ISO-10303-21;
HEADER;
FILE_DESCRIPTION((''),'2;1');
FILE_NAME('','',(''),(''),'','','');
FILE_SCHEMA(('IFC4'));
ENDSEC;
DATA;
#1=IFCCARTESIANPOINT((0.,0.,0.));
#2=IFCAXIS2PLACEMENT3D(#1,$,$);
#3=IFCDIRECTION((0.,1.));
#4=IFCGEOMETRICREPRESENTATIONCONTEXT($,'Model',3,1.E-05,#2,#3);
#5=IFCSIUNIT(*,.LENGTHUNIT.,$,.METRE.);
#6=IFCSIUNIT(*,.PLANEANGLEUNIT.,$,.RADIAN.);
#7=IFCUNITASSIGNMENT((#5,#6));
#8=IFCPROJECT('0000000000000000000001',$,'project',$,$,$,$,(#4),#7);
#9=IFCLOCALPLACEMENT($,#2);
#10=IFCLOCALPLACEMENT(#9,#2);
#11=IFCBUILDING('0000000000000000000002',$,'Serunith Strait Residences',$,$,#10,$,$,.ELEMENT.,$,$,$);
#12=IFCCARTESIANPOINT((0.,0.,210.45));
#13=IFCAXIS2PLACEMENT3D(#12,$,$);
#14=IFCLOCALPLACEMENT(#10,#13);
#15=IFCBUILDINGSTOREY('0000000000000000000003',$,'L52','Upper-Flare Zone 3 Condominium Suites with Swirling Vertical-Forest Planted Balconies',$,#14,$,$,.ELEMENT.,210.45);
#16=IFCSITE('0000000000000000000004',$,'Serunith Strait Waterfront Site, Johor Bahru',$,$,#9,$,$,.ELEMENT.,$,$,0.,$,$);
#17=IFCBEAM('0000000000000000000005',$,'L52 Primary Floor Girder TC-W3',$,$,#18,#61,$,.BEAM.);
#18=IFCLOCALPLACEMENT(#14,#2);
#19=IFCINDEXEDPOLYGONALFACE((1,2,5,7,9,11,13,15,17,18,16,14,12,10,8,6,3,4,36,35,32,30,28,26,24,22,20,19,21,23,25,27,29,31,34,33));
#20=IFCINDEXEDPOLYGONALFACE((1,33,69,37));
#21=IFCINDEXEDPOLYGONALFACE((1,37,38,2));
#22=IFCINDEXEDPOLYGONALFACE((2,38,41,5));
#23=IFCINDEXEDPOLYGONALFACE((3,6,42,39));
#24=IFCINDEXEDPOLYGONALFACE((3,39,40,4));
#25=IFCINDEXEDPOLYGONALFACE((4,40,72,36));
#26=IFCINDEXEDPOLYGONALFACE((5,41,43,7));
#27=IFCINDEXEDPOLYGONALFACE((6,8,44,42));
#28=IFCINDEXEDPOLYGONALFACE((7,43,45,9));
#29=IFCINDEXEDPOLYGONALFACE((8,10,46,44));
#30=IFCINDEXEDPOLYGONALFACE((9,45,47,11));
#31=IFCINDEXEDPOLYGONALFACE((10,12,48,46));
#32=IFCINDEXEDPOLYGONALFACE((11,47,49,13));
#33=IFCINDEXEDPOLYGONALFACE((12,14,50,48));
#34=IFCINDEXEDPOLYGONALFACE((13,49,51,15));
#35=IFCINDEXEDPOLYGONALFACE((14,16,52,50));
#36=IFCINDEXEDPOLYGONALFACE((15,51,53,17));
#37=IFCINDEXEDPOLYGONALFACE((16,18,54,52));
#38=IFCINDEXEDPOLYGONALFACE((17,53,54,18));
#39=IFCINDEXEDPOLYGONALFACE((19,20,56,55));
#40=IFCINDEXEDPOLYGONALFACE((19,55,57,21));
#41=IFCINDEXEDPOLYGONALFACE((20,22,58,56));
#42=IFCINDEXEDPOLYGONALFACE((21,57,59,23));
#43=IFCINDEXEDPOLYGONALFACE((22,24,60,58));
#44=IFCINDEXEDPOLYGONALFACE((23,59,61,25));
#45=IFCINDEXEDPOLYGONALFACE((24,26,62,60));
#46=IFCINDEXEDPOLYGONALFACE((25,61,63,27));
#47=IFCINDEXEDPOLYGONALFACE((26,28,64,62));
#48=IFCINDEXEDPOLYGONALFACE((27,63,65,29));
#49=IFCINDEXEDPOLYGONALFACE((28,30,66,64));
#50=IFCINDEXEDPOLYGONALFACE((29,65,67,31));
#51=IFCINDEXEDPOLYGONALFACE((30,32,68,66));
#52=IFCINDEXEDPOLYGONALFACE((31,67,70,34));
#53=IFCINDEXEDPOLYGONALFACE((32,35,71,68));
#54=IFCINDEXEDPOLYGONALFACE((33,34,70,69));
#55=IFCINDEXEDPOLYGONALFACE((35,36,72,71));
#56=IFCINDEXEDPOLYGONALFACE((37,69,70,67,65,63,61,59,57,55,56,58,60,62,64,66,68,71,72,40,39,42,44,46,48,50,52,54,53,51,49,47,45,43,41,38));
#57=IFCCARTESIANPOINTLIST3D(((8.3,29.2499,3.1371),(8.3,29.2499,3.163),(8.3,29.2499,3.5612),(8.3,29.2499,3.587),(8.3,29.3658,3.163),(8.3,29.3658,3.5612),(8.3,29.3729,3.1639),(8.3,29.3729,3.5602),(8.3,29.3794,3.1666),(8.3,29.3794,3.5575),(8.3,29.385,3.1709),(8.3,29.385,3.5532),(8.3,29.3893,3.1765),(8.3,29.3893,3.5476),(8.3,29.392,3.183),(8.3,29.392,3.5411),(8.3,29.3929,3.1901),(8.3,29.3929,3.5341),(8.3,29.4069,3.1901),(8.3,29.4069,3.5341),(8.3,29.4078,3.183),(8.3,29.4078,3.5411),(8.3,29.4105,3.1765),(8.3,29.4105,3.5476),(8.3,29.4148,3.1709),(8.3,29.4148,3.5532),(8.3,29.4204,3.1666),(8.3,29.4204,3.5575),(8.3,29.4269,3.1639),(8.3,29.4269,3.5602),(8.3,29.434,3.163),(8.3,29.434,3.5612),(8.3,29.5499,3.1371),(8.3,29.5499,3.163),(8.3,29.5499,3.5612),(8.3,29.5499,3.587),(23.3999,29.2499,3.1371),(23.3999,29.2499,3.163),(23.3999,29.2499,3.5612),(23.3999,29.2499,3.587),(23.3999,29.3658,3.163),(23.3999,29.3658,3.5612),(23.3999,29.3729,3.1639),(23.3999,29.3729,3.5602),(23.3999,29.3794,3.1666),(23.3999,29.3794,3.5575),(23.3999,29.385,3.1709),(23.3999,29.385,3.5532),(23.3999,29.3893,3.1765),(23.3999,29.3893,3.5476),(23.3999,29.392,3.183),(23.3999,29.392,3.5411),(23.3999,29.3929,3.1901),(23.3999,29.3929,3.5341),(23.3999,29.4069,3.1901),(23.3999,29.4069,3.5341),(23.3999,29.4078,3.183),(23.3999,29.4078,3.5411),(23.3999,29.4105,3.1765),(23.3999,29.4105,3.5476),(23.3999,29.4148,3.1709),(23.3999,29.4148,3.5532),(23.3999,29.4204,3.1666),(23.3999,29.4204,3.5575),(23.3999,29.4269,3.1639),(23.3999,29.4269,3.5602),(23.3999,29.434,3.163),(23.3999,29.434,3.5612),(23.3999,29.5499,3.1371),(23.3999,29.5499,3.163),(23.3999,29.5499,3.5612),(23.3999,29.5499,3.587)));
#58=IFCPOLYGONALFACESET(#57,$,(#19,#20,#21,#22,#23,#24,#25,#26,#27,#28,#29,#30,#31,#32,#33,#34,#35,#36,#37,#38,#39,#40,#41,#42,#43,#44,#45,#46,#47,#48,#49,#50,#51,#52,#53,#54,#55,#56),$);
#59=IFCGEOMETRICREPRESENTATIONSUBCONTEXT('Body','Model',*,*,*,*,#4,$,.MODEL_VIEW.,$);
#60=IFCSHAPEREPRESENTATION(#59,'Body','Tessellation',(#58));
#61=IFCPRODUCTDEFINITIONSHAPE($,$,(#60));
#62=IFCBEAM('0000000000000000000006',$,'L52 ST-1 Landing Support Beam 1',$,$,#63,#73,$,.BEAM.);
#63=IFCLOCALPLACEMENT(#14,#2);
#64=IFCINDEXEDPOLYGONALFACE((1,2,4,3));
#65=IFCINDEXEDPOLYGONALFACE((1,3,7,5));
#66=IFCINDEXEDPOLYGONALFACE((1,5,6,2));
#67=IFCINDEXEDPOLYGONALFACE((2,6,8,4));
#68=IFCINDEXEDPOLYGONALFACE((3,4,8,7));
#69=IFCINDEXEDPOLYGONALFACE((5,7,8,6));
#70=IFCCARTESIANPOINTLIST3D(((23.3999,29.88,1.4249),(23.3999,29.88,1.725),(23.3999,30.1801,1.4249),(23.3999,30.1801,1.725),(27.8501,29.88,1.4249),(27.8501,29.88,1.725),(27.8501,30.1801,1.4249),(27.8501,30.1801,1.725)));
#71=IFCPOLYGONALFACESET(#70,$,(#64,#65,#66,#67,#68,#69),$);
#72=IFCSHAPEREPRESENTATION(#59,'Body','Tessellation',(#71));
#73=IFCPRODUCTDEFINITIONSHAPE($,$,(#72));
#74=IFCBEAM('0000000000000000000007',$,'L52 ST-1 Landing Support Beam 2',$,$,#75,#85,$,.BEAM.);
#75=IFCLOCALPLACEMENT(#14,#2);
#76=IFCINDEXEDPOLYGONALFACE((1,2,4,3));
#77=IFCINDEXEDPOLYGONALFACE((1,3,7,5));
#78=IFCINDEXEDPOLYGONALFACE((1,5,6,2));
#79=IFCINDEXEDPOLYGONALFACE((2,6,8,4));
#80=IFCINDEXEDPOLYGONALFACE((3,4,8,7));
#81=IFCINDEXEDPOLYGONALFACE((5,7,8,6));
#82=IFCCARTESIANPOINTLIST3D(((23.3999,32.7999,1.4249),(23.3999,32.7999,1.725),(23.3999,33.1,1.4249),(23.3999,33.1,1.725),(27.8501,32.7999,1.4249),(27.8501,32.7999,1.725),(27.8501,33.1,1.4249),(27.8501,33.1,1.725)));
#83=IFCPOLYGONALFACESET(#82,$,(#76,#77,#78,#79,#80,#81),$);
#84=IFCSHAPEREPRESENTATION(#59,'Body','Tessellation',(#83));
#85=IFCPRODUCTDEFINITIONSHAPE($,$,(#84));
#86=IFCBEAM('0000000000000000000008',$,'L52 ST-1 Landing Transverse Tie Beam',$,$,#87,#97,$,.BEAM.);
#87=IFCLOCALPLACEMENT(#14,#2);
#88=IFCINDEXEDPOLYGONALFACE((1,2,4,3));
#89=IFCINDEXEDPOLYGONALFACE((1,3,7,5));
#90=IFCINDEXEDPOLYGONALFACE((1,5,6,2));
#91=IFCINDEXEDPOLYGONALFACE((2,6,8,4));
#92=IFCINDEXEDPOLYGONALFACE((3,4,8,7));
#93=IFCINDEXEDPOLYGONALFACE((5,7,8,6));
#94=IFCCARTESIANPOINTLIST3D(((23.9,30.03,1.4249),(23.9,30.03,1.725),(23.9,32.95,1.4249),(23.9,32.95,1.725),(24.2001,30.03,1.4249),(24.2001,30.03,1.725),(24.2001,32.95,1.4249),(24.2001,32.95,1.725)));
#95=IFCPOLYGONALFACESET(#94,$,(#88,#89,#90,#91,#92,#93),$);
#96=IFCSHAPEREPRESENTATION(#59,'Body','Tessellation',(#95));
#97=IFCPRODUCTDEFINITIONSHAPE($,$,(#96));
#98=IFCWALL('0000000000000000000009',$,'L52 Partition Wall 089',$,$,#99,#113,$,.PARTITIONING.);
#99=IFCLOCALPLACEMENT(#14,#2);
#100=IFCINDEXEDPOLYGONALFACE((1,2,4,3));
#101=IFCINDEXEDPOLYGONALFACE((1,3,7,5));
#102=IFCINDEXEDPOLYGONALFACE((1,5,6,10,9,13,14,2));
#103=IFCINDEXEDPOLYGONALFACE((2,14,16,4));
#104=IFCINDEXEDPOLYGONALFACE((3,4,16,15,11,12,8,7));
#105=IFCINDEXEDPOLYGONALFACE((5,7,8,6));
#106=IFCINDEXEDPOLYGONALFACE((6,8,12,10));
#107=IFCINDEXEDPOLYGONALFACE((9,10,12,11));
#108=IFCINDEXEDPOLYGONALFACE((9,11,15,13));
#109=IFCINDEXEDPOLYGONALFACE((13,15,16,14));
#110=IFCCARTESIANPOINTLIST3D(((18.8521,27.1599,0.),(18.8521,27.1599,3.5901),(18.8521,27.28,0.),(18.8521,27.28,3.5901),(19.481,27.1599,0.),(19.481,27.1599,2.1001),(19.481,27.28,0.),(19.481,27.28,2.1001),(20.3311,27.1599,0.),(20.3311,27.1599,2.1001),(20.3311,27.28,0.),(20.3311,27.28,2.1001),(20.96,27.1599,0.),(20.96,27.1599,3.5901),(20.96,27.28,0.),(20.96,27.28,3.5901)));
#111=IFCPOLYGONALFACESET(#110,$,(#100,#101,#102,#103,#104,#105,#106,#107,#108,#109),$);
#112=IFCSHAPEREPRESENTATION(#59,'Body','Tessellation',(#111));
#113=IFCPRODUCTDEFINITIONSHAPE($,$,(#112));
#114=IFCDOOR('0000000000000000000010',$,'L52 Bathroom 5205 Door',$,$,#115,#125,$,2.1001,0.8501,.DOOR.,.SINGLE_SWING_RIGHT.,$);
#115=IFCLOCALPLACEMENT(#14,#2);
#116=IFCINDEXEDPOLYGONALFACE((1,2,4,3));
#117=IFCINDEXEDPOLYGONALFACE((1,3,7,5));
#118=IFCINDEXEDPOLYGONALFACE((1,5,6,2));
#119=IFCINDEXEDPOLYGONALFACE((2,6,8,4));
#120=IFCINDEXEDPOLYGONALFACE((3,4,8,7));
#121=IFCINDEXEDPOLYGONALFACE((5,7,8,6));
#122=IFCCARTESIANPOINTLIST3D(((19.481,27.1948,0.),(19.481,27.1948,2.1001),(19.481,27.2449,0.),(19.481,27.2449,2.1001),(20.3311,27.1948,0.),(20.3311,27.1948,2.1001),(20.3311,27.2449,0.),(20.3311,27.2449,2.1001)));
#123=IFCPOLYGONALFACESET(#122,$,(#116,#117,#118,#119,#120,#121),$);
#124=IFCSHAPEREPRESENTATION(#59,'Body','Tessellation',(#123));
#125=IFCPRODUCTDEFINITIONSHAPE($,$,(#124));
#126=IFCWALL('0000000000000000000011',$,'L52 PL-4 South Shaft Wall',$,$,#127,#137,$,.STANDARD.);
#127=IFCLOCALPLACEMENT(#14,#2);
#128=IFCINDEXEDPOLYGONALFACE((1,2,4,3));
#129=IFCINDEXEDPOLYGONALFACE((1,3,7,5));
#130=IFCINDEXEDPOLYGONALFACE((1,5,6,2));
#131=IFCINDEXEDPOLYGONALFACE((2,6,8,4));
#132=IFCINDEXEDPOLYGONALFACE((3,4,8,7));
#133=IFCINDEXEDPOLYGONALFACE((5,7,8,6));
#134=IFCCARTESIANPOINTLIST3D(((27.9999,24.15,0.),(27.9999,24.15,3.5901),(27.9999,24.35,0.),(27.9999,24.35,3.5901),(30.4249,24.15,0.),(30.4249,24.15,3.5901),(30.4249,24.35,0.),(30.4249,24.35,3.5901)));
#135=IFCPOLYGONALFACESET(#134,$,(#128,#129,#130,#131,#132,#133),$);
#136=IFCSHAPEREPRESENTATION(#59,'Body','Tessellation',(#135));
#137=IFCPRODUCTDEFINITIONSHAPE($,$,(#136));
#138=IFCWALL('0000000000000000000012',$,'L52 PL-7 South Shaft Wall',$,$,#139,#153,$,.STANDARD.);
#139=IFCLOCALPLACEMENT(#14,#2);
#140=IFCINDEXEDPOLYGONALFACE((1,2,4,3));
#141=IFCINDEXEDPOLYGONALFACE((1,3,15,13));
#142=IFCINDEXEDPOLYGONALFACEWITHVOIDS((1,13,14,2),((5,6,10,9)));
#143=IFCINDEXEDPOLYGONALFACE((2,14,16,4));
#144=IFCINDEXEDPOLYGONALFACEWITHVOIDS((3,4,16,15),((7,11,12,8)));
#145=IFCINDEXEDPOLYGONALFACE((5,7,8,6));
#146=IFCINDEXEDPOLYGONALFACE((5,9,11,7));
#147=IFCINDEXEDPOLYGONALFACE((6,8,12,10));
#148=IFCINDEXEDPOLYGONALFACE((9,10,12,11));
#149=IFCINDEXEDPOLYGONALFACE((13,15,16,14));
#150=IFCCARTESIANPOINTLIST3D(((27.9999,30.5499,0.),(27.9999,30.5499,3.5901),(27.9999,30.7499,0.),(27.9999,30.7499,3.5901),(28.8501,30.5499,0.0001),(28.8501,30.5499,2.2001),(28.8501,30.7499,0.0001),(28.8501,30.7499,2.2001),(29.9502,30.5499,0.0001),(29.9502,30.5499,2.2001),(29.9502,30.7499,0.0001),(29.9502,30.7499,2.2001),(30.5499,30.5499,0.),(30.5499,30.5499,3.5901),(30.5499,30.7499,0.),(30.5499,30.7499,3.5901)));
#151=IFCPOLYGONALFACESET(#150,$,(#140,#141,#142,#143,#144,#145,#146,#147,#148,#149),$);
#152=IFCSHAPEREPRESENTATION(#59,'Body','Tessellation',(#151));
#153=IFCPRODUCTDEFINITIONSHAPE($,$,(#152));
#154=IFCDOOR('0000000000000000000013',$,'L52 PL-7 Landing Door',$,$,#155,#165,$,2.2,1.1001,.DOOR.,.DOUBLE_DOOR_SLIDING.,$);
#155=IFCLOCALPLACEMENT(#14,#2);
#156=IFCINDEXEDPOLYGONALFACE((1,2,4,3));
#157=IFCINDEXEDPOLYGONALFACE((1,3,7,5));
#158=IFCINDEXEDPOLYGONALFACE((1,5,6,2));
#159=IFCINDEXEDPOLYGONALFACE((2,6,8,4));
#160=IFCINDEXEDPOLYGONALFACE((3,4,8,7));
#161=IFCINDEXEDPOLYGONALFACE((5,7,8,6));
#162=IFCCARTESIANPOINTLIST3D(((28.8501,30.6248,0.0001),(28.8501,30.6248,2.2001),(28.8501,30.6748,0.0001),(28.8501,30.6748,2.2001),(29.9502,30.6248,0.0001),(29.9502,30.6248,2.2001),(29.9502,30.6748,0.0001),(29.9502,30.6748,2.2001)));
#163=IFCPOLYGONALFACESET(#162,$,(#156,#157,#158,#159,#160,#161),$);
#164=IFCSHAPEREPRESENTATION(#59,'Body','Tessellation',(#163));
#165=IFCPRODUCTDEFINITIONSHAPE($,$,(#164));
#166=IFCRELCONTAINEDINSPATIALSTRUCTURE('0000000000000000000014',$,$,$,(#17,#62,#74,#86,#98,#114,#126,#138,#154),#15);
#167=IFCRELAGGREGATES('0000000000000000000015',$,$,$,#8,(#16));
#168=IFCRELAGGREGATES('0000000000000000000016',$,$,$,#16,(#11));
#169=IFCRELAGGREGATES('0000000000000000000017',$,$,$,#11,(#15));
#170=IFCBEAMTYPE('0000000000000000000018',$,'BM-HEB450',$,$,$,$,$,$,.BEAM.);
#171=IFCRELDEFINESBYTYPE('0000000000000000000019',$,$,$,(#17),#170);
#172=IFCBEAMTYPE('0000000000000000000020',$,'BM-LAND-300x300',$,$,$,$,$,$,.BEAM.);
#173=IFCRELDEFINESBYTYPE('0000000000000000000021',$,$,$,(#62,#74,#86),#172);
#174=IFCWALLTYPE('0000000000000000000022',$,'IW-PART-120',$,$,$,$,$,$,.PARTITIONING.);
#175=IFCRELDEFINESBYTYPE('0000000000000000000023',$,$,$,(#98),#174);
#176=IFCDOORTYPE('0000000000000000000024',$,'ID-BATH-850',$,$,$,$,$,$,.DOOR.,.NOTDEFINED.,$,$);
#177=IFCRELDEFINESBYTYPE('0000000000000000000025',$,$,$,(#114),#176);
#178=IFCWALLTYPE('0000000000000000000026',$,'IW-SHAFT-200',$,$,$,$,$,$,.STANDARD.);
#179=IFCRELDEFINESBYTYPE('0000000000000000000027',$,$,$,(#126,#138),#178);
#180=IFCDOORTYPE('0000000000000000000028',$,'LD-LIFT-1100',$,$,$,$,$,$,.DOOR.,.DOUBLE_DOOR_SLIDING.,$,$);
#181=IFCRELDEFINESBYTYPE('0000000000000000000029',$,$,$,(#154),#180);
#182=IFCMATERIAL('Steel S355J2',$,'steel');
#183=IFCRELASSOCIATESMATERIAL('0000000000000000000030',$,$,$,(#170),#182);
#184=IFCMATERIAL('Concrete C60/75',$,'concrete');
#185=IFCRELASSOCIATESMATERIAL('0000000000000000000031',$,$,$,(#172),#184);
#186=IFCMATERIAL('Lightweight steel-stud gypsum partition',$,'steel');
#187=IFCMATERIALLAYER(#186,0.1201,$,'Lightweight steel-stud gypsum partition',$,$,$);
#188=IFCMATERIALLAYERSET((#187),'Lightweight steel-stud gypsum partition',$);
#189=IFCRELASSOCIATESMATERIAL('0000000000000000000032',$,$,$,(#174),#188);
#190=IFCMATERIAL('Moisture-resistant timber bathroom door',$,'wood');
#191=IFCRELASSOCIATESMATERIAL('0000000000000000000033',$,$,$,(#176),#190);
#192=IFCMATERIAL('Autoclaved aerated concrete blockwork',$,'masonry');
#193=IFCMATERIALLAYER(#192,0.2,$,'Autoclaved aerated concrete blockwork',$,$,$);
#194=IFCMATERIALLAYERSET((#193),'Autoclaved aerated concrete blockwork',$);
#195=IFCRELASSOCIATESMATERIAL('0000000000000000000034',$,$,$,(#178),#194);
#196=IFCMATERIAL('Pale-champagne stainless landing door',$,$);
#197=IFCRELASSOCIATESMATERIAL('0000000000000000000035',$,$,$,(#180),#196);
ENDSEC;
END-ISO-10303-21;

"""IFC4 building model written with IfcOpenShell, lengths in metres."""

from ifc_helpers import new_model, si_unit, direction, frame, frame_2d, origin, origin_2d, place, context, subcontext, project, spatial, rectangle, i_section, extrude, source, transform, mapped, material, layer, layer_set, material_profile, profile_set, type_object, element, fill, save


model = new_model("IFC4")

# Units and contexts
model_context = context("Model", 3, precision=1e-05, world=origin(), true_north=direction((0.0, 1.0)))
body_context = subcontext(model_context, "Body", "Model", "MODEL_VIEW")
ifc_project = project(units=[si_unit("LENGTHUNIT", "METRE"), si_unit("PLANEANGLEUNIT", "RADIAN")], contexts=[model_context])

# Site, building, storey
site_placement = place(None, origin())
site = spatial("IfcSite", under=ifc_project, at=site_placement, Name="Serunith Strait Waterfront Site, Johor Bahru", CompositionType="ELEMENT", RefElevation=0.0)
building_placement = place(site_placement, origin())
building = spatial("IfcBuilding", under=site, at=building_placement, Name="Serunith Strait Residences", CompositionType="ELEMENT")
storey_placement = place(building_placement, frame((0.0, 0.0, 210.45)))
storey = spatial("IfcBuildingStorey", under=building, at=storey_placement, Name="L52", Description="Upper-Flare Zone 3 Condominium Suites with Swirling Vertical-Forest Planted Balconies", CompositionType="ELEMENT", Elevation=210.45)

# Beams
ifc_material_1 = material(Name="Steel S355J2", Category="steel")
ifc_material_profile_1 = material_profile(ifc_material_1, i_section(OverallWidth=0.3, OverallDepth=0.45, WebThickness=0.0139, FlangeThickness=0.0259, FilletRadius=0.0271, at=origin_2d()), Name="HEB 450")
ifc_profile_set_1 = profile_set([ifc_material_profile_1], Name="Steel S355J2")
beam_type_1 = type_object("IfcBeamType", Name="BM-HEB450", PredefinedType="BEAM", material=ifc_profile_set_1)
shared_shape_1 = source(origin(), body_context, "Body", "SweptSolid", [
    extrude(i_section(OverallWidth=0.3, OverallDepth=0.45, WebThickness=0.0139, FlangeThickness=0.0259, FilletRadius=0.0271, at=origin_2d()), origin(), (0.0, 0.0, 1.0), 15.0999),
])
beam_1_placement = place(storey_placement, frame((23.3999, 29.3999, 3.3621), z_axis=(-1.0, 0.0, 0.0), x_axis=(0.0, -1.0, 0.0)))
element("IfcBeam", 1, at=beam_1_placement, inside=storey, type_object=beam_type_1, Name="L52 Primary Floor Girder TC-W3", PredefinedType="BEAM", context=body_context, shape_type="MappedRepresentation", body=[
    mapped(shared_shape_1, transform((0.0, 0.0, 0.0), scale=1.0)),
])
ifc_material_2 = material(Name="Concrete C60/75", Category="concrete")
ifc_material_profile_2 = material_profile(ifc_material_2, rectangle(XDim=0.3, YDim=0.3, at=origin_2d()), Name="RC 300x300")
ifc_profile_set_2 = profile_set([ifc_material_profile_2], Name="Concrete C60/75")
beam_type_2 = type_object("IfcBeamType", Name="BM-LAND-300x300", PredefinedType="BEAM", material=ifc_profile_set_2)
shared_shape_2 = source(origin(), body_context, "Body", "SweptSolid", [
    extrude(rectangle(XDim=0.3, YDim=0.3, at=origin_2d()), origin(), (0.0, 0.0, 1.0), 4.4502),
])
for number, where, z_axis, x_axis, name in (
    (2, (23.3999, 30.03, 1.575), (1.0, 0.0, 0.0), (0.0, 1.0, 0.0), "L52 ST-1 Landing Support Beam 1"),
    (3, (23.3999, 32.95, 1.575), (1.0, 0.0, 0.0), (0.0, 1.0, 0.0), "L52 ST-1 Landing Support Beam 2"),
):
    element("IfcBeam", number, at=place(storey_placement, frame(where, z_axis=z_axis, x_axis=x_axis)), inside=storey, type_object=beam_type_2, Name=name, PredefinedType="BEAM", context=body_context, shape_type="MappedRepresentation", body=[
        mapped(shared_shape_2, transform((0.0, 0.0, 0.0), scale=1.0)),
    ])
shared_shape_3 = source(origin(), body_context, "Body", "SweptSolid", [
    extrude(rectangle(XDim=0.3, YDim=0.3, at=origin_2d()), origin(), (0.0, 0.0, 1.0), 2.9199),
])
beam_2_placement = place(storey_placement, frame((24.05, 30.03, 1.575), z_axis=(0.0, 1.0, 0.0), x_axis=(-1.0, 0.0, 0.0)))
element("IfcBeam", 4, at=beam_2_placement, inside=storey, type_object=beam_type_2, Name="L52 ST-1 Landing Transverse Tie Beam", PredefinedType="BEAM", context=body_context, shape_type="MappedRepresentation", body=[
    mapped(shared_shape_3, transform((0.0, 0.0, 0.0), scale=1.0)),
])

# Wall, opening, door
ifc_material_3 = material(Name="Lightweight steel-stud gypsum partition", Category="steel")
ifc_layer_1 = layer(ifc_material_3, 0.1201, Name="Lightweight steel-stud gypsum partition")
ifc_layer_set_1 = layer_set([ifc_layer_1], Name="Lightweight steel-stud gypsum partition")
wall_type_1 = type_object("IfcWallType", Name="IW-PART-120", PredefinedType="PARTITIONING", material=ifc_layer_set_1)
wall_1_placement = place(storey_placement, frame((18.8521, 27.22, 0.0), z_axis=(0.0, 0.0, 1.0), x_axis=(1.0, 0.0, 0.0)))
wall_1 = element("IfcWall", 5, at=wall_1_placement, inside=storey, type_object=wall_type_1, Name="L52 Partition Wall 089", PredefinedType="PARTITIONING", context=body_context, shape_type="SweptSolid", body=[
    extrude(rectangle(XDim=2.1079, YDim=0.1201, at=frame_2d((1.054, 0.0))), origin(), (0.0, 0.0, 1.0), 3.5901),
])
opening_1_placement = place(wall_1_placement, frame((0.6289, 0.0, 0.0)))
opening_1 = element("IfcOpeningElement", 6, at=opening_1_placement, cuts=wall_1, PredefinedType="OPENING", context=body_context, shape_type="SweptSolid", body=[
    extrude(rectangle(XDim=0.8501, YDim=2.1001, at=frame_2d((0.425, 1.05))), frame((0.0, 0.0701, 0.0), z_axis=(0.0, -1.0, 0.0), x_axis=(1.0, 0.0, 0.0)), (0.0, 0.0, 1.0), 0.1401),
])
ifc_material_4 = material(Name="Moisture-resistant timber bathroom door", Category="wood")
door_type_1 = type_object("IfcDoorType", Name="ID-BATH-850", OperationType="NOTDEFINED", PredefinedType="DOOR", material=ifc_material_4)
shared_shape_4 = source(origin(), body_context, "Body", "SweptSolid", [
    extrude(rectangle(XDim=0.8501, YDim=2.1001, at=frame_2d((0.425, 1.05))), frame((0.0, 0.0249, 0.0), z_axis=(0.0, -1.0, 0.0), x_axis=(1.0, 0.0, 0.0)), (0.0, 0.0, 1.0), 0.05),
])
door_1_placement = place(opening_1_placement, origin())
door_1 = element("IfcDoor", 7, at=door_1_placement, inside=storey, type_object=door_type_1, Name="L52 Bathroom 5205 Door", OperationType="SINGLE_SWING_RIGHT", OverallHeight=2.1001, OverallWidth=0.8501, PredefinedType="DOOR", context=body_context, shape_type="MappedRepresentation", body=[
    mapped(shared_shape_4, transform((0.0, 0.0, 0.0), scale=1.0)),
])
fill(opening_1, door_1)
ifc_material_5 = material(Name="Autoclaved aerated concrete blockwork", Category="masonry")
ifc_layer_2 = layer(ifc_material_5, 0.2, Name="Autoclaved aerated concrete blockwork")
ifc_layer_set_2 = layer_set([ifc_layer_2], Name="Autoclaved aerated concrete blockwork")
wall_type_2 = type_object("IfcWallType", Name="IW-SHAFT-200", PredefinedType="STANDARD", material=ifc_layer_set_2)

# Wall
wall_2_placement = place(storey_placement, frame((28.0, 24.25, 0.0), z_axis=(0.0, 0.0, 1.0), x_axis=(1.0, 0.0, 0.0)))
element("IfcWall", 8, at=wall_2_placement, inside=storey, type_object=wall_type_2, Name="L52 PL-4 South Shaft Wall", PredefinedType="STANDARD", context=body_context, shape_type="SweptSolid", body=[
    extrude(rectangle(XDim=2.425, YDim=0.2, at=frame_2d((1.2124, 0.0))), origin(), (0.0, 0.0, 1.0), 3.5901),
])

# Wall, opening, door
wall_3_placement = place(storey_placement, frame((28.0, 30.6499, 0.0), z_axis=(0.0, 0.0, 1.0), x_axis=(1.0, 0.0, 0.0)))
wall_3 = element("IfcWall", 9, at=wall_3_placement, inside=storey, type_object=wall_type_2, Name="L52 PL-7 South Shaft Wall", PredefinedType="STANDARD", context=body_context, shape_type="SweptSolid", body=[
    extrude(rectangle(XDim=2.55, YDim=0.2, at=frame_2d((1.2749, 0.0))), origin(), (0.0, 0.0, 1.0), 3.5901),
])
opening_2_placement = place(wall_3_placement, frame((0.8501, 0.0, 0.0)))
opening_2 = element("IfcOpeningElement", 10, at=opening_2_placement, cuts=wall_3, PredefinedType="OPENING", context=body_context, shape_type="SweptSolid", body=[
    extrude(rectangle(XDim=1.1001, YDim=2.2, at=frame_2d((0.55, 1.1001))), frame((0.0, 0.1099, 0.0), z_axis=(0.0, -1.0, 0.0), x_axis=(1.0, 0.0, 0.0)), (0.0, 0.0, 1.0), 0.22),
])
ifc_material_6 = material(Name="Pale-champagne stainless landing door")
door_type_2 = type_object("IfcDoorType", Name="LD-LIFT-1100", OperationType="DOUBLE_DOOR_SLIDING", PredefinedType="DOOR", material=ifc_material_6)
shared_shape_5 = source(origin(), body_context, "Body", "SweptSolid", [
    extrude(rectangle(XDim=1.1001, YDim=2.2, at=frame_2d((0.55, 1.1001))), frame((0.0, 0.0249, 0.0), z_axis=(0.0, -1.0, 0.0), x_axis=(1.0, 0.0, 0.0)), (0.0, 0.0, 1.0), 0.05),
])
door_2_placement = place(opening_2_placement, origin())
door_2 = element("IfcDoor", 11, at=door_2_placement, inside=storey, type_object=door_type_2, Name="L52 PL-7 Landing Door", OperationType="DOUBLE_DOOR_SLIDING", OverallHeight=2.2, OverallWidth=1.1001, PredefinedType="DOOR", context=body_context, shape_type="MappedRepresentation", body=[
    mapped(shared_shape_5, transform((0.0, 0.0, 0.0), scale=1.0)),
])
fill(opening_2, door_2)

save(model, "model.ifc")
